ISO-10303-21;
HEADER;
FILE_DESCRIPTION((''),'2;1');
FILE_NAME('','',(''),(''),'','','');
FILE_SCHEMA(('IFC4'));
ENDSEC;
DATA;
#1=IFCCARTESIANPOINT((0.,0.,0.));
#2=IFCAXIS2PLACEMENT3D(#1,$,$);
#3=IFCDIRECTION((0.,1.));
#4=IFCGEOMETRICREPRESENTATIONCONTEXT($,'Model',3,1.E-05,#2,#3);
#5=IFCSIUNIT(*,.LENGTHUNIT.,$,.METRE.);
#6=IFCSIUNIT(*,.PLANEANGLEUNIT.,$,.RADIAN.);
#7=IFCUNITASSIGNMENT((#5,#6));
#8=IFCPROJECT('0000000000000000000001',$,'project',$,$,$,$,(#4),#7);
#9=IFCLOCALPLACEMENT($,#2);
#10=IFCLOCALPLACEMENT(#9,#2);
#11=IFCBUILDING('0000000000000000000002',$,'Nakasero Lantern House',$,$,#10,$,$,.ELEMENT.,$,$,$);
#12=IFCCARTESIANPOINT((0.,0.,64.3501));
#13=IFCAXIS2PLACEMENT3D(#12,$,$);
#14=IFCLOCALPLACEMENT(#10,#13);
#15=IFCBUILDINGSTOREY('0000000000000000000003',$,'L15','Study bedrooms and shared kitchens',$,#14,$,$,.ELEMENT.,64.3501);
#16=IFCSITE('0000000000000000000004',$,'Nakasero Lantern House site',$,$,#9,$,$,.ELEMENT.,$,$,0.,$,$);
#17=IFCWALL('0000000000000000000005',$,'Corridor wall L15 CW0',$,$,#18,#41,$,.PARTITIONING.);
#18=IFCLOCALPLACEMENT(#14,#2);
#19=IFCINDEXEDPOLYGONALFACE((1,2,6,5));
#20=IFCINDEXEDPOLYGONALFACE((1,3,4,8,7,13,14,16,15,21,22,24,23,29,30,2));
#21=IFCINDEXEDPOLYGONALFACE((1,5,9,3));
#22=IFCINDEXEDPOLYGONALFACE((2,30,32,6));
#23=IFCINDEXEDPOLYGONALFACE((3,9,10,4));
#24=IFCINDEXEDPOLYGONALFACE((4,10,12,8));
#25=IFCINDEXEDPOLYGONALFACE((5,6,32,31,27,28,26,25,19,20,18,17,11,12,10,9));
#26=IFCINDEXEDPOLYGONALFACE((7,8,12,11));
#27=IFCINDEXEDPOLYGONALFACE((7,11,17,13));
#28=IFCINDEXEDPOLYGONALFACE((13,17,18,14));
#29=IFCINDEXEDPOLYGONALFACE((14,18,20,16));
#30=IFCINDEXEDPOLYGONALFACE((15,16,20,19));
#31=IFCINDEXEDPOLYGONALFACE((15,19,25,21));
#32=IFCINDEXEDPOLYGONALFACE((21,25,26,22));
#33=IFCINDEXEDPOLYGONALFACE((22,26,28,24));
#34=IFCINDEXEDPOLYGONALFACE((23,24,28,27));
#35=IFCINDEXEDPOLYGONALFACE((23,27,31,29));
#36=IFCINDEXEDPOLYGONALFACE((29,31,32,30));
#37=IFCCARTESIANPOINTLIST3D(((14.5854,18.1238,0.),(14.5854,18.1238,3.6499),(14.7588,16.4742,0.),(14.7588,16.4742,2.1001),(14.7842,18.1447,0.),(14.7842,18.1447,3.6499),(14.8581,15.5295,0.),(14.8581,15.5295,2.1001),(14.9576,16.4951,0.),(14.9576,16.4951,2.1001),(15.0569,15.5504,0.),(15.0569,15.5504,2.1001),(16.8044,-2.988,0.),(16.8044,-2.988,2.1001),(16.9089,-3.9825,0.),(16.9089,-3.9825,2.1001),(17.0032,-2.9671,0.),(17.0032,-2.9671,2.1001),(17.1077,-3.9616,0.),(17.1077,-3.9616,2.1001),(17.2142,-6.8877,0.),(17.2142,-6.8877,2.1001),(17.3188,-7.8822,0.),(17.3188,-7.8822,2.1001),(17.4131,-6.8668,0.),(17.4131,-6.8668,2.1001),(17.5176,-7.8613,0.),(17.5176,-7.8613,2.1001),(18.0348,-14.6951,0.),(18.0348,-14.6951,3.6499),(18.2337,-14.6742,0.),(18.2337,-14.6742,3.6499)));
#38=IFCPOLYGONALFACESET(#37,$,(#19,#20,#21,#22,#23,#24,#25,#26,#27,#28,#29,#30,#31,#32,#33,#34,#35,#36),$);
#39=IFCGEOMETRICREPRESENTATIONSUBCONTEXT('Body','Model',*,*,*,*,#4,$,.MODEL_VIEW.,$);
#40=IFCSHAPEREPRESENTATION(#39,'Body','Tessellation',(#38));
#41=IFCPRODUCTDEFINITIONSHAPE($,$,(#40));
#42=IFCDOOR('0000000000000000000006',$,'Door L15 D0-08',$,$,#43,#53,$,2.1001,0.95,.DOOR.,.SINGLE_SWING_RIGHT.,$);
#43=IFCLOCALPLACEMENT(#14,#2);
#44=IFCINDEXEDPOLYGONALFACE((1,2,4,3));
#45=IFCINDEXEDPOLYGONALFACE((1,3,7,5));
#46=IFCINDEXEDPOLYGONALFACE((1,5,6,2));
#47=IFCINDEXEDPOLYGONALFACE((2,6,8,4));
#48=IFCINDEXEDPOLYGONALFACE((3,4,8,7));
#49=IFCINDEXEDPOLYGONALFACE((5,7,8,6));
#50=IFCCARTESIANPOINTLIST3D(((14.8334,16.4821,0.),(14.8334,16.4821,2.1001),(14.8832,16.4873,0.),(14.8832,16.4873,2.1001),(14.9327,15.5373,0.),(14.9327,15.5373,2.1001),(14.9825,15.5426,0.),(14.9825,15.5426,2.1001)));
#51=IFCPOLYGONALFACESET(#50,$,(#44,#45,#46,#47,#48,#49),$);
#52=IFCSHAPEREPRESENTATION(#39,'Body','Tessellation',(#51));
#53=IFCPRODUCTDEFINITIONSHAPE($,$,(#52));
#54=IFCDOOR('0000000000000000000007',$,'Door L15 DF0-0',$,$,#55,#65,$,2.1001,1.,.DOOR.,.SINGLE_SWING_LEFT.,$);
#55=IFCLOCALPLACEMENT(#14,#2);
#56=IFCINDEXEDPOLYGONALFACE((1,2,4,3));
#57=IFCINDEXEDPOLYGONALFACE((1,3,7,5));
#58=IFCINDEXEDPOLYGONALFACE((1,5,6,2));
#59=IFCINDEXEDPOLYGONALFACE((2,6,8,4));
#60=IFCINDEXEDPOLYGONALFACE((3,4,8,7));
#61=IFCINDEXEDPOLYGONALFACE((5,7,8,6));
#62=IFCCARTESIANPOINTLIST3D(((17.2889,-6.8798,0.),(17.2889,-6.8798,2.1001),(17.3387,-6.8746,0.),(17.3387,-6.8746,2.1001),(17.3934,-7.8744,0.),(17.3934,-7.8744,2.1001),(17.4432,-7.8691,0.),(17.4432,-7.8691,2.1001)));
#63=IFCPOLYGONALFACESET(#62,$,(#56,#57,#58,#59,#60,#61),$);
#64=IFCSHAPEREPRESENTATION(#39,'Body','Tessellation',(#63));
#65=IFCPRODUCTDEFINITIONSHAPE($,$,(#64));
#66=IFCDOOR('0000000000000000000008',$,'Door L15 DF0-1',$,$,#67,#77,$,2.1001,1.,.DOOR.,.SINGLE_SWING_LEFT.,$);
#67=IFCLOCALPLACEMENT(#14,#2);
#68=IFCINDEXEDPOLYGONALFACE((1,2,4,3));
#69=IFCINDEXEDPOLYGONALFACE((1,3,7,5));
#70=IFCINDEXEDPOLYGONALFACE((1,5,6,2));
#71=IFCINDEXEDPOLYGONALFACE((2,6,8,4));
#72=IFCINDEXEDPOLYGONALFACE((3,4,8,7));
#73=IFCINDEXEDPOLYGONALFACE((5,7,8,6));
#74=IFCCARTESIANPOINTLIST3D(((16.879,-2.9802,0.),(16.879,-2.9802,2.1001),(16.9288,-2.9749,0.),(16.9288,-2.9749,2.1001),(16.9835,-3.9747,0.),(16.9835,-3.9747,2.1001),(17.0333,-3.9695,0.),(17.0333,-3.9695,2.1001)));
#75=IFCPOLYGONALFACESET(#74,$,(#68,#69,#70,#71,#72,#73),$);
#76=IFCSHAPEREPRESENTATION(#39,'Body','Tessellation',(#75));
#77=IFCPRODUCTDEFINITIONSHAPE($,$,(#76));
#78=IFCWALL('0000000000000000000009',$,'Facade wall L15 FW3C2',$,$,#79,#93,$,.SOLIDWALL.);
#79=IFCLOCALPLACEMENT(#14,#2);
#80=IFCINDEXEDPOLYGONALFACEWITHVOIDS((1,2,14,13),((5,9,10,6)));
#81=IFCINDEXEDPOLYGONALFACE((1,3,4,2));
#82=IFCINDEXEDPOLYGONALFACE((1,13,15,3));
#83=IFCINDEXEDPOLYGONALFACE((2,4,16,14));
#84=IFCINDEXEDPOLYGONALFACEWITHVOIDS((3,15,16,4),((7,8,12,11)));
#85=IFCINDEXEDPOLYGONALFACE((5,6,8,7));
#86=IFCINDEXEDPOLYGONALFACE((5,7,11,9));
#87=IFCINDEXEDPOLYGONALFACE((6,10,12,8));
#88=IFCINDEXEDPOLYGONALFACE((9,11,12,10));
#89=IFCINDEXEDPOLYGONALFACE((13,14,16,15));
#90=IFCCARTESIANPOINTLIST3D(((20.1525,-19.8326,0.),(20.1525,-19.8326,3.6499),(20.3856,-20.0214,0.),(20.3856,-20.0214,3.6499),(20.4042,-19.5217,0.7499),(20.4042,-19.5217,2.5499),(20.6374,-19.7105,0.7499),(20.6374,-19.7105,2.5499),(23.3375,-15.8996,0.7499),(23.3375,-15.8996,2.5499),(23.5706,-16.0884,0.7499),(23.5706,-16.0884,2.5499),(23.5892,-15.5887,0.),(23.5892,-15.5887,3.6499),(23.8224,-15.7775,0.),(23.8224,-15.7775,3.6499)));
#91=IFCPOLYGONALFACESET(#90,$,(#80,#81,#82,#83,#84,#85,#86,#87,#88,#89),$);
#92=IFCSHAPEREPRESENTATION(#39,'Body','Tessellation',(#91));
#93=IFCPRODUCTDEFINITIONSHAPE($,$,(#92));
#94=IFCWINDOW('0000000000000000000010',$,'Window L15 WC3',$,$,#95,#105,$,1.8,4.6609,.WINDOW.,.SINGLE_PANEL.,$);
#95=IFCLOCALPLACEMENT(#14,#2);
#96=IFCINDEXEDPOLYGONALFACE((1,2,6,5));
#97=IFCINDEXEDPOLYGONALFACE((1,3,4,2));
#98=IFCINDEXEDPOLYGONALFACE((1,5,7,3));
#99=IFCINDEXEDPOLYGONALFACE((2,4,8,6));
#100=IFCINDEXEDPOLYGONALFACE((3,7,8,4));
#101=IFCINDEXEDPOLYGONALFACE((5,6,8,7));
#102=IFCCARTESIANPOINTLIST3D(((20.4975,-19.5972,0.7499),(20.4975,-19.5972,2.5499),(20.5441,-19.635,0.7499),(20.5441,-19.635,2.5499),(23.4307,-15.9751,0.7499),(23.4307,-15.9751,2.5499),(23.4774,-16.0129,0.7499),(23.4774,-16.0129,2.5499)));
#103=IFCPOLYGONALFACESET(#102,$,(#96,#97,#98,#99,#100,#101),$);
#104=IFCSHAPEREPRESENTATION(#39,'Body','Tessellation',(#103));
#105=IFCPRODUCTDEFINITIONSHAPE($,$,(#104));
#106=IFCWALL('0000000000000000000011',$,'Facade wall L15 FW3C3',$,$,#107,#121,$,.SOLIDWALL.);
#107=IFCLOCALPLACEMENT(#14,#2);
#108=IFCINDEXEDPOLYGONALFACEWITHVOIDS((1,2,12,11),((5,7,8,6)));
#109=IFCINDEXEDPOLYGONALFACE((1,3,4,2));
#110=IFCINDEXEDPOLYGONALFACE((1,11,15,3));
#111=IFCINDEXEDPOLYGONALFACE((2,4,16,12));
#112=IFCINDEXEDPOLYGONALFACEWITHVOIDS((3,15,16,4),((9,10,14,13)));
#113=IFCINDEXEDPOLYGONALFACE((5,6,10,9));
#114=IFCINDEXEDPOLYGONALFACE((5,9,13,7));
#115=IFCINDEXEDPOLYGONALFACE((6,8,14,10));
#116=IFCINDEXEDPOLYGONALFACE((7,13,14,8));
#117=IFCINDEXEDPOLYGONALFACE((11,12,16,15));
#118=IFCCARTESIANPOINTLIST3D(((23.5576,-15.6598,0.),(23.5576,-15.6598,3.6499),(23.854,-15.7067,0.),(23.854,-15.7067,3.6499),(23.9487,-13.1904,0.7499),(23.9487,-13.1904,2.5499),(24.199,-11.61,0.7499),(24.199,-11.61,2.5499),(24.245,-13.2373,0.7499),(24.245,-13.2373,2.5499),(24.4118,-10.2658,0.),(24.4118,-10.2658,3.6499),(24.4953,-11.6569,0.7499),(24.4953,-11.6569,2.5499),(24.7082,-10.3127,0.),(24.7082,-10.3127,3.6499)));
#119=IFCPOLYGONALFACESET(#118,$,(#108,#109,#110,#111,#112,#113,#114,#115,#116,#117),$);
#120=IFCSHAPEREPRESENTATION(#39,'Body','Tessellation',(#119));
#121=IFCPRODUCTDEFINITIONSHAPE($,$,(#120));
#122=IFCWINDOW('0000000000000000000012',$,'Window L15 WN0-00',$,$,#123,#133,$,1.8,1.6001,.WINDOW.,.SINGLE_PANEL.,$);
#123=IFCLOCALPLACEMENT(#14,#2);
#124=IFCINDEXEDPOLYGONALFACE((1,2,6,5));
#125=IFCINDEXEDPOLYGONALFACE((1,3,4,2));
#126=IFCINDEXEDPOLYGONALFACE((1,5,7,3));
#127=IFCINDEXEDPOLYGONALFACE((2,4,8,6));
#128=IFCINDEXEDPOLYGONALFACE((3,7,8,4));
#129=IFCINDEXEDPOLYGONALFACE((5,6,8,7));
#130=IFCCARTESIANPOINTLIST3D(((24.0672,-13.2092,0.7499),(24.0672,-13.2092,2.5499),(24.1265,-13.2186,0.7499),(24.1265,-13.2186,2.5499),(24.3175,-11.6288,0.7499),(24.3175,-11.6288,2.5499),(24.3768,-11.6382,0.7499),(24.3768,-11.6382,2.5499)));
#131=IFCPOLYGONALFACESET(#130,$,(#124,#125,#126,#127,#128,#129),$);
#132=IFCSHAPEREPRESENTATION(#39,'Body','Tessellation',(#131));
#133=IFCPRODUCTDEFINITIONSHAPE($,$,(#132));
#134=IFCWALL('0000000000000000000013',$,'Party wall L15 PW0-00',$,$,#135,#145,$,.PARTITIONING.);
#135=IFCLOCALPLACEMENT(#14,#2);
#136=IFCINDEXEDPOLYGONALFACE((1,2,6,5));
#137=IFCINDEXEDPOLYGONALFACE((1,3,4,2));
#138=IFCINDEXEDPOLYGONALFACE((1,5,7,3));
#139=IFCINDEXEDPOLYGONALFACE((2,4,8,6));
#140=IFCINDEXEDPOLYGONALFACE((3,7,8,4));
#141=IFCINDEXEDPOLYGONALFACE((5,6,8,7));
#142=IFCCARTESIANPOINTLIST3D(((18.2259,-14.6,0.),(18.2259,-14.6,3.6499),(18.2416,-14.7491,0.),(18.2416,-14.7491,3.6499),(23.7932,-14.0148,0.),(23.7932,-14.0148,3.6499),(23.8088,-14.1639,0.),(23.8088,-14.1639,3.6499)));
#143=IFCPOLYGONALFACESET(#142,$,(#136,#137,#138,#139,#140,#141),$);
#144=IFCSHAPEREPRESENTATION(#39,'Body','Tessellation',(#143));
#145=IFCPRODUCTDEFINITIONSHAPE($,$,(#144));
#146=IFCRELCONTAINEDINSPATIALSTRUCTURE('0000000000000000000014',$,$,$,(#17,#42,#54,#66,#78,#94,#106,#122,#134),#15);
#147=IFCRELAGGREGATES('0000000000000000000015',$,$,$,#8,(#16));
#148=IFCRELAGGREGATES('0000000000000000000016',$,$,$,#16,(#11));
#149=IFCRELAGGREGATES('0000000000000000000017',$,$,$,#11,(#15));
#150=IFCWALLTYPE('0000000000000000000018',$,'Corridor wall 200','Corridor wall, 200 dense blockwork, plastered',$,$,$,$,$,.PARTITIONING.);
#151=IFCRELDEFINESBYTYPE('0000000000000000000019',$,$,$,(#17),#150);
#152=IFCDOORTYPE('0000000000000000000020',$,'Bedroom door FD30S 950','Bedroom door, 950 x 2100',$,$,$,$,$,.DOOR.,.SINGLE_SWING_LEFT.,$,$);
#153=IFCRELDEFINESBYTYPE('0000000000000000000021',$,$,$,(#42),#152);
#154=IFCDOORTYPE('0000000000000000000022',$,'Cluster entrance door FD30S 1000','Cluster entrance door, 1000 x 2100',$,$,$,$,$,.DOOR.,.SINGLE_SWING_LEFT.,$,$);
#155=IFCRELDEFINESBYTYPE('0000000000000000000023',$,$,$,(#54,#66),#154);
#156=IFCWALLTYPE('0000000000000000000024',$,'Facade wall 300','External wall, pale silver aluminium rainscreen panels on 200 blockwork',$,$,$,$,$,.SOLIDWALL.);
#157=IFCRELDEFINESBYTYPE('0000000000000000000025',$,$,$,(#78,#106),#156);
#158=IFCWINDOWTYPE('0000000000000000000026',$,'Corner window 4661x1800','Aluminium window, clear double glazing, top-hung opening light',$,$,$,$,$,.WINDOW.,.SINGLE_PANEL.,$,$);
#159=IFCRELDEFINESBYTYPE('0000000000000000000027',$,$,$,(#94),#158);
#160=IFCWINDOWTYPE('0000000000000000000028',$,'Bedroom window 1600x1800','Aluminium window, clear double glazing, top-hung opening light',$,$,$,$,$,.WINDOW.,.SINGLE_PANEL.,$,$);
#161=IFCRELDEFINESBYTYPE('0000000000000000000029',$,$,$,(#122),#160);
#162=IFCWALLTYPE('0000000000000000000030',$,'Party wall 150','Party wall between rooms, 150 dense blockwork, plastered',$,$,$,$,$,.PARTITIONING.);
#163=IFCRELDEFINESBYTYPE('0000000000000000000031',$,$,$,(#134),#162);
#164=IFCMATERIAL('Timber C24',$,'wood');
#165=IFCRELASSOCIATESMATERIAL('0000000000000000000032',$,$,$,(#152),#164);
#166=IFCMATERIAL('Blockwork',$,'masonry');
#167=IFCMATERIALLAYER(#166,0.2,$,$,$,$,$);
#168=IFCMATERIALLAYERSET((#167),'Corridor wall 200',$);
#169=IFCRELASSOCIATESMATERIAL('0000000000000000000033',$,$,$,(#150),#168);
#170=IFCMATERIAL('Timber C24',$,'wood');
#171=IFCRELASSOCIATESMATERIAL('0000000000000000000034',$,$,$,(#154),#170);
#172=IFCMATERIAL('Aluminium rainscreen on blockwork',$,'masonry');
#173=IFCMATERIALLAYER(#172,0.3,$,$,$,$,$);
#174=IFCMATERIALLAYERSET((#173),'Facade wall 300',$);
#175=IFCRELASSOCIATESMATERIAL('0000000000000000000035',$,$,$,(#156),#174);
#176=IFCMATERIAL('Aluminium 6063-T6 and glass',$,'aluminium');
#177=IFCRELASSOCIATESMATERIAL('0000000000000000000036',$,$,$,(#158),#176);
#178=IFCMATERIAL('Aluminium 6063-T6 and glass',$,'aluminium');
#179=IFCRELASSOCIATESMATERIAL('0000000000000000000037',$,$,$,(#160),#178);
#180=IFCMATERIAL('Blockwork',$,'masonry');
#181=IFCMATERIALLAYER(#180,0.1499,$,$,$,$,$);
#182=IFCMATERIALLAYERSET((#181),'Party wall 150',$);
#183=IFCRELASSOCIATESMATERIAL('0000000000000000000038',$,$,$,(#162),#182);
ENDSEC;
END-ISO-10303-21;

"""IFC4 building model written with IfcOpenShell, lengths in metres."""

from ifc_helpers import new_model, si_unit, direction, frame, frame_2d, origin, place, context, subcontext, project, spatial, rectangle, extrude, material, layer, layer_set, type_object, element, fill, save


model = new_model("IFC4")

# Units and contexts
model_context = context("Model", 3, precision=1e-05, world=origin(), true_north=direction((0.0, 1.0)))
body_context = subcontext(model_context, "Body", "Model", "MODEL_VIEW")
ifc_project = project(units=[si_unit("LENGTHUNIT", "METRE"), si_unit("PLANEANGLEUNIT", "RADIAN")], contexts=[model_context])

# Site, building, storey
site_placement = place(None, origin())
site = spatial("IfcSite", under=ifc_project, at=site_placement, Name="Nakasero Lantern House site", CompositionType="ELEMENT", RefElevation=0.0)
building_placement = place(site_placement, origin())
building = spatial("IfcBuilding", under=site, at=building_placement, Name="Nakasero Lantern House", CompositionType="ELEMENT")
storey_placement = place(building_placement, frame((0.0, 0.0, 64.3501)))
storey = spatial("IfcBuildingStorey", under=building, at=storey_placement, Name="L15", Description="Study bedrooms and shared kitchens", CompositionType="ELEMENT", Elevation=64.3501)

# Wall, openings, doors
ifc_material_1 = material(Name="Timber C24", Category="wood")
door_type_1 = type_object("IfcDoorType", Name="Bedroom door FD30S 950", Description="Bedroom door, 950 x 2100", OperationType="SINGLE_SWING_LEFT", PredefinedType="DOOR", material=ifc_material_1)
ifc_material_2 = material(Name="Blockwork", Category="masonry")
ifc_layer_1 = layer(ifc_material_2, 0.2)
ifc_layer_set_1 = layer_set([ifc_layer_1], Name="Corridor wall 200")
wall_type_1 = type_object("IfcWallType", Name="Corridor wall 200", Description="Corridor wall, 200 dense blockwork, plastered", PredefinedType="PARTITIONING", material=ifc_layer_set_1)
wall_1_placement = place(storey_placement, frame((18.1343, -14.6848, 0.0), z_axis=(0.0, 0.0, 1.0), x_axis=(-0.10453, 0.994522, 0.0)))
wall_1 = element("IfcWall", 1, at=wall_1_placement, inside=storey, type_object=wall_type_1, Name="Corridor wall L15 CW0", PredefinedType="PARTITIONING", context=body_context, shape_type="SweptSolid", body=[
    extrude(rectangle(XDim=32.9998, YDim=0.2, at=frame_2d((16.5, 0.0))), origin(), (0.0, 0.0, 1.0), 3.6499),
])
opening_1_placement = place(wall_1_placement, frame((6.8506, 0.0, 0.0)))
opening_1 = element("IfcOpeningElement", 2, at=opening_1_placement, cuts=wall_1, PredefinedType="OPENING", context=body_context, shape_type="SweptSolid", body=[
    extrude(rectangle(XDim=1.0, YDim=2.1001, at=frame_2d((0.5, 1.05))), frame((0.0, 0.1199, 0.0), z_axis=(0.0, -1.0, 0.0), x_axis=(1.0, 0.0, 0.0)), (0.0, 0.0, 1.0), 0.24),
])
opening_2_placement = place(wall_1_placement, frame((10.7717, 0.0, 0.0)))
opening_2 = element("IfcOpeningElement", 3, at=opening_2_placement, cuts=wall_1, PredefinedType="OPENING", context=body_context, shape_type="SweptSolid", body=[
    extrude(rectangle(XDim=1.0, YDim=2.1001, at=frame_2d((0.5, 1.05))), frame((0.0, 0.1199, 0.0), z_axis=(0.0, -1.0, 0.0), x_axis=(1.0, 0.0, 0.0)), (0.0, 0.0, 1.0), 0.24),
])
opening_3_placement = place(wall_1_placement, frame((30.3911, 0.0, 0.0)))
opening_3 = element("IfcOpeningElement", 4, at=opening_3_placement, cuts=wall_1, PredefinedType="OPENING", context=body_context, shape_type="SweptSolid", body=[
    extrude(rectangle(XDim=0.95, YDim=2.1001, at=frame_2d((0.4751, 1.05))), frame((0.0, 0.1199, 0.0), z_axis=(0.0, -1.0, 0.0), x_axis=(1.0, 0.0, 0.0)), (0.0, 0.0, 1.0), 0.24),
])
door_1_placement = place(opening_3_placement, origin())
door_1 = element("IfcDoor", 5, at=door_1_placement, inside=storey, type_object=door_type_1, Name="Door L15 D0-08", OperationType="SINGLE_SWING_RIGHT", OverallHeight=2.1001, OverallWidth=0.95, PredefinedType="DOOR", context=body_context, shape_type="SweptSolid", body=[
    extrude(rectangle(XDim=0.95, YDim=2.1001, at=frame_2d((0.4751, 1.05))), frame((0.0, 0.0249, 0.0), z_axis=(0.0, -1.0, 0.0), x_axis=(1.0, 0.0, 0.0)), (0.0, 0.0, 1.0), 0.05),
])
fill(opening_3, door_1)
ifc_material_3 = material(Name="Timber C24", Category="wood")
door_type_2 = type_object("IfcDoorType", Name="Cluster entrance door FD30S 1000", Description="Cluster entrance door, 1000 x 2100", OperationType="SINGLE_SWING_LEFT", PredefinedType="DOOR", material=ifc_material_3)
door_2_placement = place(opening_1_placement, origin())
door_2 = element("IfcDoor", 6, at=door_2_placement, inside=storey, type_object=door_type_2, Name="Door L15 DF0-0", OperationType="SINGLE_SWING_LEFT", OverallHeight=2.1001, OverallWidth=1.0, PredefinedType="DOOR", context=body_context, shape_type="SweptSolid", body=[
    extrude(rectangle(XDim=1.0, YDim=2.1001, at=frame_2d((0.5, 1.05))), frame((0.0, 0.0249, 0.0), z_axis=(0.0, -1.0, 0.0), x_axis=(1.0, 0.0, 0.0)), (0.0, 0.0, 1.0), 0.05),
])
fill(opening_1, door_2)
door_3_placement = place(opening_2_placement, origin())
door_3 = element("IfcDoor", 7, at=door_3_placement, inside=storey, type_object=door_type_2, Name="Door L15 DF0-1", OperationType="SINGLE_SWING_LEFT", OverallHeight=2.1001, OverallWidth=1.0, PredefinedType="DOOR", context=body_context, shape_type="SweptSolid", body=[
    extrude(rectangle(XDim=1.0, YDim=2.1001, at=frame_2d((0.5, 1.05))), frame((0.0, 0.0249, 0.0), z_axis=(0.0, -1.0, 0.0), x_axis=(1.0, 0.0, 0.0)), (0.0, 0.0, 1.0), 0.05),
])
fill(opening_2, door_3)

# Walls, openings, windows
ifc_material_4 = material(Name="Aluminium rainscreen on blockwork", Category="masonry")
ifc_layer_2 = layer(ifc_material_4, 0.3)
ifc_layer_set_2 = layer_set([ifc_layer_2], Name="Facade wall 300")
wall_type_2 = type_object("IfcWallType", Name="Facade wall 300", Description="External wall, pale silver aluminium rainscreen panels on 200 blockwork", PredefinedType="SOLIDWALL", material=ifc_layer_set_2)
wall_2_placement = place(storey_placement, frame((20.269, -19.927, 0.0), z_axis=(0.0, 0.0, 1.0), x_axis=(0.629335, 0.777135, 0.0)))
wall_2 = element("IfcWall", 8, at=wall_2_placement, inside=storey, type_object=wall_type_2, Name="Facade wall L15 FW3C2", PredefinedType="SOLIDWALL", context=body_context, shape_type="SweptSolid", body=[
    extrude(rectangle(XDim=5.4609, YDim=0.3, at=frame_2d((2.7305, 0.0))), origin(), (0.0, 0.0, 1.0), 3.6499),
])
opening_4_placement = place(wall_2_placement, frame((0.3999, 0.0, 0.75)))
opening_4 = element("IfcOpeningElement", 9, at=opening_4_placement, cuts=wall_2, PredefinedType="OPENING", context=body_context, shape_type="SweptSolid", body=[
    extrude(rectangle(XDim=4.6609, YDim=1.8, at=frame_2d((2.3306, 0.8999))), frame((0.0, 0.1699, 0.0), z_axis=(0.0, -1.0, 0.0), x_axis=(1.0, 0.0, 0.0)), (0.0, 0.0, 1.0), 0.3401),
])
ifc_material_5 = material(Name="Aluminium 6063-T6 and glass", Category="aluminium")
window_type_1 = type_object("IfcWindowType", Name="Corner window 4661x1800", Description="Aluminium window, clear double glazing, top-hung opening light", PartitioningType="SINGLE_PANEL", PredefinedType="WINDOW", material=ifc_material_5)
window_1_placement = place(opening_4_placement, origin())
window_1 = element("IfcWindow", 10, at=window_1_placement, inside=storey, type_object=window_type_1, Name="Window L15 WC3", OverallHeight=1.8, OverallWidth=4.6609, PartitioningType="SINGLE_PANEL", PredefinedType="WINDOW", context=body_context, shape_type="SweptSolid", body=[
    extrude(rectangle(XDim=4.6609, YDim=1.8, at=frame_2d((2.3306, 0.8999))), frame((0.0, 0.03, 0.0), z_axis=(0.0, -1.0, 0.0), x_axis=(1.0, 0.0, 0.0)), (0.0, 0.0, 1.0), 0.0601),
])
fill(opening_4, window_1)
wall_3_placement = place(storey_placement, frame((23.7058, -15.6831, 0.0), z_axis=(0.0, 0.0, 1.0), x_axis=(0.156419, 0.987691, 0.0)))
wall_3 = element("IfcWall", 11, at=wall_3_placement, inside=storey, type_object=wall_type_2, Name="Facade wall L15 FW3C3", PredefinedType="SOLIDWALL", context=body_context, shape_type="SweptSolid", body=[
    extrude(rectangle(XDim=5.4612, YDim=0.3, at=frame_2d((2.7305, 0.0))), origin(), (0.0, 0.0, 1.0), 3.6499),
])
opening_5_placement = place(wall_3_placement, frame((2.5, 0.0, 0.75)))
opening_5 = element("IfcOpeningElement", 12, at=opening_5_placement, cuts=wall_3, PredefinedType="OPENING", context=body_context, shape_type="SweptSolid", body=[
    extrude(rectangle(XDim=1.6001, YDim=1.8, at=frame_2d((0.8, 0.8999))), frame((0.0, 0.1699, 0.0), z_axis=(0.0, -1.0, 0.0), x_axis=(1.0, 0.0, 0.0)), (0.0, 0.0, 1.0), 0.3401),
])
ifc_material_6 = material(Name="Aluminium 6063-T6 and glass", Category="aluminium")
window_type_2 = type_object("IfcWindowType", Name="Bedroom window 1600x1800", Description="Aluminium window, clear double glazing, top-hung opening light", PartitioningType="SINGLE_PANEL", PredefinedType="WINDOW", material=ifc_material_6)
window_2_placement = place(opening_5_placement, origin())
window_2 = element("IfcWindow", 13, at=window_2_placement, inside=storey, type_object=window_type_2, Name="Window L15 WN0-00", OverallHeight=1.8, OverallWidth=1.6001, PartitioningType="SINGLE_PANEL", PredefinedType="WINDOW", context=body_context, shape_type="SweptSolid", body=[
    extrude(rectangle(XDim=1.6001, YDim=1.8, at=frame_2d((0.8, 0.8999))), frame((0.0, 0.03, 0.0), z_axis=(0.0, -1.0, 0.0), x_axis=(1.0, 0.0, 0.0)), (0.0, 0.0, 1.0), 0.0601),
])
fill(opening_5, window_2)

# Wall
ifc_material_7 = material(Name="Blockwork", Category="masonry")
ifc_layer_3 = layer(ifc_material_7, 0.1499)
ifc_layer_set_3 = layer_set([ifc_layer_3], Name="Party wall 150")
wall_type_3 = type_object("IfcWallType", Name="Party wall 150", Description="Party wall between rooms, 150 dense blockwork, plastered", PredefinedType="PARTITIONING", material=ifc_layer_set_3)
wall_4_placement = place(storey_placement, frame((18.2339, -14.6746, 0.0), z_axis=(0.0, 0.0, 1.0), x_axis=(0.99452, 0.104542, 0.0)))
element("IfcWall", 14, at=wall_4_placement, inside=storey, type_object=wall_type_3, Name="Party wall L15 PW0-00", PredefinedType="PARTITIONING", context=body_context, shape_type="SweptSolid", body=[
    extrude(rectangle(XDim=5.5979, YDim=0.1499, at=frame_2d((2.7988, 0.0))), origin(), (0.0, 0.0, 1.0), 3.6499),
])

save(model, "model.ifc")
